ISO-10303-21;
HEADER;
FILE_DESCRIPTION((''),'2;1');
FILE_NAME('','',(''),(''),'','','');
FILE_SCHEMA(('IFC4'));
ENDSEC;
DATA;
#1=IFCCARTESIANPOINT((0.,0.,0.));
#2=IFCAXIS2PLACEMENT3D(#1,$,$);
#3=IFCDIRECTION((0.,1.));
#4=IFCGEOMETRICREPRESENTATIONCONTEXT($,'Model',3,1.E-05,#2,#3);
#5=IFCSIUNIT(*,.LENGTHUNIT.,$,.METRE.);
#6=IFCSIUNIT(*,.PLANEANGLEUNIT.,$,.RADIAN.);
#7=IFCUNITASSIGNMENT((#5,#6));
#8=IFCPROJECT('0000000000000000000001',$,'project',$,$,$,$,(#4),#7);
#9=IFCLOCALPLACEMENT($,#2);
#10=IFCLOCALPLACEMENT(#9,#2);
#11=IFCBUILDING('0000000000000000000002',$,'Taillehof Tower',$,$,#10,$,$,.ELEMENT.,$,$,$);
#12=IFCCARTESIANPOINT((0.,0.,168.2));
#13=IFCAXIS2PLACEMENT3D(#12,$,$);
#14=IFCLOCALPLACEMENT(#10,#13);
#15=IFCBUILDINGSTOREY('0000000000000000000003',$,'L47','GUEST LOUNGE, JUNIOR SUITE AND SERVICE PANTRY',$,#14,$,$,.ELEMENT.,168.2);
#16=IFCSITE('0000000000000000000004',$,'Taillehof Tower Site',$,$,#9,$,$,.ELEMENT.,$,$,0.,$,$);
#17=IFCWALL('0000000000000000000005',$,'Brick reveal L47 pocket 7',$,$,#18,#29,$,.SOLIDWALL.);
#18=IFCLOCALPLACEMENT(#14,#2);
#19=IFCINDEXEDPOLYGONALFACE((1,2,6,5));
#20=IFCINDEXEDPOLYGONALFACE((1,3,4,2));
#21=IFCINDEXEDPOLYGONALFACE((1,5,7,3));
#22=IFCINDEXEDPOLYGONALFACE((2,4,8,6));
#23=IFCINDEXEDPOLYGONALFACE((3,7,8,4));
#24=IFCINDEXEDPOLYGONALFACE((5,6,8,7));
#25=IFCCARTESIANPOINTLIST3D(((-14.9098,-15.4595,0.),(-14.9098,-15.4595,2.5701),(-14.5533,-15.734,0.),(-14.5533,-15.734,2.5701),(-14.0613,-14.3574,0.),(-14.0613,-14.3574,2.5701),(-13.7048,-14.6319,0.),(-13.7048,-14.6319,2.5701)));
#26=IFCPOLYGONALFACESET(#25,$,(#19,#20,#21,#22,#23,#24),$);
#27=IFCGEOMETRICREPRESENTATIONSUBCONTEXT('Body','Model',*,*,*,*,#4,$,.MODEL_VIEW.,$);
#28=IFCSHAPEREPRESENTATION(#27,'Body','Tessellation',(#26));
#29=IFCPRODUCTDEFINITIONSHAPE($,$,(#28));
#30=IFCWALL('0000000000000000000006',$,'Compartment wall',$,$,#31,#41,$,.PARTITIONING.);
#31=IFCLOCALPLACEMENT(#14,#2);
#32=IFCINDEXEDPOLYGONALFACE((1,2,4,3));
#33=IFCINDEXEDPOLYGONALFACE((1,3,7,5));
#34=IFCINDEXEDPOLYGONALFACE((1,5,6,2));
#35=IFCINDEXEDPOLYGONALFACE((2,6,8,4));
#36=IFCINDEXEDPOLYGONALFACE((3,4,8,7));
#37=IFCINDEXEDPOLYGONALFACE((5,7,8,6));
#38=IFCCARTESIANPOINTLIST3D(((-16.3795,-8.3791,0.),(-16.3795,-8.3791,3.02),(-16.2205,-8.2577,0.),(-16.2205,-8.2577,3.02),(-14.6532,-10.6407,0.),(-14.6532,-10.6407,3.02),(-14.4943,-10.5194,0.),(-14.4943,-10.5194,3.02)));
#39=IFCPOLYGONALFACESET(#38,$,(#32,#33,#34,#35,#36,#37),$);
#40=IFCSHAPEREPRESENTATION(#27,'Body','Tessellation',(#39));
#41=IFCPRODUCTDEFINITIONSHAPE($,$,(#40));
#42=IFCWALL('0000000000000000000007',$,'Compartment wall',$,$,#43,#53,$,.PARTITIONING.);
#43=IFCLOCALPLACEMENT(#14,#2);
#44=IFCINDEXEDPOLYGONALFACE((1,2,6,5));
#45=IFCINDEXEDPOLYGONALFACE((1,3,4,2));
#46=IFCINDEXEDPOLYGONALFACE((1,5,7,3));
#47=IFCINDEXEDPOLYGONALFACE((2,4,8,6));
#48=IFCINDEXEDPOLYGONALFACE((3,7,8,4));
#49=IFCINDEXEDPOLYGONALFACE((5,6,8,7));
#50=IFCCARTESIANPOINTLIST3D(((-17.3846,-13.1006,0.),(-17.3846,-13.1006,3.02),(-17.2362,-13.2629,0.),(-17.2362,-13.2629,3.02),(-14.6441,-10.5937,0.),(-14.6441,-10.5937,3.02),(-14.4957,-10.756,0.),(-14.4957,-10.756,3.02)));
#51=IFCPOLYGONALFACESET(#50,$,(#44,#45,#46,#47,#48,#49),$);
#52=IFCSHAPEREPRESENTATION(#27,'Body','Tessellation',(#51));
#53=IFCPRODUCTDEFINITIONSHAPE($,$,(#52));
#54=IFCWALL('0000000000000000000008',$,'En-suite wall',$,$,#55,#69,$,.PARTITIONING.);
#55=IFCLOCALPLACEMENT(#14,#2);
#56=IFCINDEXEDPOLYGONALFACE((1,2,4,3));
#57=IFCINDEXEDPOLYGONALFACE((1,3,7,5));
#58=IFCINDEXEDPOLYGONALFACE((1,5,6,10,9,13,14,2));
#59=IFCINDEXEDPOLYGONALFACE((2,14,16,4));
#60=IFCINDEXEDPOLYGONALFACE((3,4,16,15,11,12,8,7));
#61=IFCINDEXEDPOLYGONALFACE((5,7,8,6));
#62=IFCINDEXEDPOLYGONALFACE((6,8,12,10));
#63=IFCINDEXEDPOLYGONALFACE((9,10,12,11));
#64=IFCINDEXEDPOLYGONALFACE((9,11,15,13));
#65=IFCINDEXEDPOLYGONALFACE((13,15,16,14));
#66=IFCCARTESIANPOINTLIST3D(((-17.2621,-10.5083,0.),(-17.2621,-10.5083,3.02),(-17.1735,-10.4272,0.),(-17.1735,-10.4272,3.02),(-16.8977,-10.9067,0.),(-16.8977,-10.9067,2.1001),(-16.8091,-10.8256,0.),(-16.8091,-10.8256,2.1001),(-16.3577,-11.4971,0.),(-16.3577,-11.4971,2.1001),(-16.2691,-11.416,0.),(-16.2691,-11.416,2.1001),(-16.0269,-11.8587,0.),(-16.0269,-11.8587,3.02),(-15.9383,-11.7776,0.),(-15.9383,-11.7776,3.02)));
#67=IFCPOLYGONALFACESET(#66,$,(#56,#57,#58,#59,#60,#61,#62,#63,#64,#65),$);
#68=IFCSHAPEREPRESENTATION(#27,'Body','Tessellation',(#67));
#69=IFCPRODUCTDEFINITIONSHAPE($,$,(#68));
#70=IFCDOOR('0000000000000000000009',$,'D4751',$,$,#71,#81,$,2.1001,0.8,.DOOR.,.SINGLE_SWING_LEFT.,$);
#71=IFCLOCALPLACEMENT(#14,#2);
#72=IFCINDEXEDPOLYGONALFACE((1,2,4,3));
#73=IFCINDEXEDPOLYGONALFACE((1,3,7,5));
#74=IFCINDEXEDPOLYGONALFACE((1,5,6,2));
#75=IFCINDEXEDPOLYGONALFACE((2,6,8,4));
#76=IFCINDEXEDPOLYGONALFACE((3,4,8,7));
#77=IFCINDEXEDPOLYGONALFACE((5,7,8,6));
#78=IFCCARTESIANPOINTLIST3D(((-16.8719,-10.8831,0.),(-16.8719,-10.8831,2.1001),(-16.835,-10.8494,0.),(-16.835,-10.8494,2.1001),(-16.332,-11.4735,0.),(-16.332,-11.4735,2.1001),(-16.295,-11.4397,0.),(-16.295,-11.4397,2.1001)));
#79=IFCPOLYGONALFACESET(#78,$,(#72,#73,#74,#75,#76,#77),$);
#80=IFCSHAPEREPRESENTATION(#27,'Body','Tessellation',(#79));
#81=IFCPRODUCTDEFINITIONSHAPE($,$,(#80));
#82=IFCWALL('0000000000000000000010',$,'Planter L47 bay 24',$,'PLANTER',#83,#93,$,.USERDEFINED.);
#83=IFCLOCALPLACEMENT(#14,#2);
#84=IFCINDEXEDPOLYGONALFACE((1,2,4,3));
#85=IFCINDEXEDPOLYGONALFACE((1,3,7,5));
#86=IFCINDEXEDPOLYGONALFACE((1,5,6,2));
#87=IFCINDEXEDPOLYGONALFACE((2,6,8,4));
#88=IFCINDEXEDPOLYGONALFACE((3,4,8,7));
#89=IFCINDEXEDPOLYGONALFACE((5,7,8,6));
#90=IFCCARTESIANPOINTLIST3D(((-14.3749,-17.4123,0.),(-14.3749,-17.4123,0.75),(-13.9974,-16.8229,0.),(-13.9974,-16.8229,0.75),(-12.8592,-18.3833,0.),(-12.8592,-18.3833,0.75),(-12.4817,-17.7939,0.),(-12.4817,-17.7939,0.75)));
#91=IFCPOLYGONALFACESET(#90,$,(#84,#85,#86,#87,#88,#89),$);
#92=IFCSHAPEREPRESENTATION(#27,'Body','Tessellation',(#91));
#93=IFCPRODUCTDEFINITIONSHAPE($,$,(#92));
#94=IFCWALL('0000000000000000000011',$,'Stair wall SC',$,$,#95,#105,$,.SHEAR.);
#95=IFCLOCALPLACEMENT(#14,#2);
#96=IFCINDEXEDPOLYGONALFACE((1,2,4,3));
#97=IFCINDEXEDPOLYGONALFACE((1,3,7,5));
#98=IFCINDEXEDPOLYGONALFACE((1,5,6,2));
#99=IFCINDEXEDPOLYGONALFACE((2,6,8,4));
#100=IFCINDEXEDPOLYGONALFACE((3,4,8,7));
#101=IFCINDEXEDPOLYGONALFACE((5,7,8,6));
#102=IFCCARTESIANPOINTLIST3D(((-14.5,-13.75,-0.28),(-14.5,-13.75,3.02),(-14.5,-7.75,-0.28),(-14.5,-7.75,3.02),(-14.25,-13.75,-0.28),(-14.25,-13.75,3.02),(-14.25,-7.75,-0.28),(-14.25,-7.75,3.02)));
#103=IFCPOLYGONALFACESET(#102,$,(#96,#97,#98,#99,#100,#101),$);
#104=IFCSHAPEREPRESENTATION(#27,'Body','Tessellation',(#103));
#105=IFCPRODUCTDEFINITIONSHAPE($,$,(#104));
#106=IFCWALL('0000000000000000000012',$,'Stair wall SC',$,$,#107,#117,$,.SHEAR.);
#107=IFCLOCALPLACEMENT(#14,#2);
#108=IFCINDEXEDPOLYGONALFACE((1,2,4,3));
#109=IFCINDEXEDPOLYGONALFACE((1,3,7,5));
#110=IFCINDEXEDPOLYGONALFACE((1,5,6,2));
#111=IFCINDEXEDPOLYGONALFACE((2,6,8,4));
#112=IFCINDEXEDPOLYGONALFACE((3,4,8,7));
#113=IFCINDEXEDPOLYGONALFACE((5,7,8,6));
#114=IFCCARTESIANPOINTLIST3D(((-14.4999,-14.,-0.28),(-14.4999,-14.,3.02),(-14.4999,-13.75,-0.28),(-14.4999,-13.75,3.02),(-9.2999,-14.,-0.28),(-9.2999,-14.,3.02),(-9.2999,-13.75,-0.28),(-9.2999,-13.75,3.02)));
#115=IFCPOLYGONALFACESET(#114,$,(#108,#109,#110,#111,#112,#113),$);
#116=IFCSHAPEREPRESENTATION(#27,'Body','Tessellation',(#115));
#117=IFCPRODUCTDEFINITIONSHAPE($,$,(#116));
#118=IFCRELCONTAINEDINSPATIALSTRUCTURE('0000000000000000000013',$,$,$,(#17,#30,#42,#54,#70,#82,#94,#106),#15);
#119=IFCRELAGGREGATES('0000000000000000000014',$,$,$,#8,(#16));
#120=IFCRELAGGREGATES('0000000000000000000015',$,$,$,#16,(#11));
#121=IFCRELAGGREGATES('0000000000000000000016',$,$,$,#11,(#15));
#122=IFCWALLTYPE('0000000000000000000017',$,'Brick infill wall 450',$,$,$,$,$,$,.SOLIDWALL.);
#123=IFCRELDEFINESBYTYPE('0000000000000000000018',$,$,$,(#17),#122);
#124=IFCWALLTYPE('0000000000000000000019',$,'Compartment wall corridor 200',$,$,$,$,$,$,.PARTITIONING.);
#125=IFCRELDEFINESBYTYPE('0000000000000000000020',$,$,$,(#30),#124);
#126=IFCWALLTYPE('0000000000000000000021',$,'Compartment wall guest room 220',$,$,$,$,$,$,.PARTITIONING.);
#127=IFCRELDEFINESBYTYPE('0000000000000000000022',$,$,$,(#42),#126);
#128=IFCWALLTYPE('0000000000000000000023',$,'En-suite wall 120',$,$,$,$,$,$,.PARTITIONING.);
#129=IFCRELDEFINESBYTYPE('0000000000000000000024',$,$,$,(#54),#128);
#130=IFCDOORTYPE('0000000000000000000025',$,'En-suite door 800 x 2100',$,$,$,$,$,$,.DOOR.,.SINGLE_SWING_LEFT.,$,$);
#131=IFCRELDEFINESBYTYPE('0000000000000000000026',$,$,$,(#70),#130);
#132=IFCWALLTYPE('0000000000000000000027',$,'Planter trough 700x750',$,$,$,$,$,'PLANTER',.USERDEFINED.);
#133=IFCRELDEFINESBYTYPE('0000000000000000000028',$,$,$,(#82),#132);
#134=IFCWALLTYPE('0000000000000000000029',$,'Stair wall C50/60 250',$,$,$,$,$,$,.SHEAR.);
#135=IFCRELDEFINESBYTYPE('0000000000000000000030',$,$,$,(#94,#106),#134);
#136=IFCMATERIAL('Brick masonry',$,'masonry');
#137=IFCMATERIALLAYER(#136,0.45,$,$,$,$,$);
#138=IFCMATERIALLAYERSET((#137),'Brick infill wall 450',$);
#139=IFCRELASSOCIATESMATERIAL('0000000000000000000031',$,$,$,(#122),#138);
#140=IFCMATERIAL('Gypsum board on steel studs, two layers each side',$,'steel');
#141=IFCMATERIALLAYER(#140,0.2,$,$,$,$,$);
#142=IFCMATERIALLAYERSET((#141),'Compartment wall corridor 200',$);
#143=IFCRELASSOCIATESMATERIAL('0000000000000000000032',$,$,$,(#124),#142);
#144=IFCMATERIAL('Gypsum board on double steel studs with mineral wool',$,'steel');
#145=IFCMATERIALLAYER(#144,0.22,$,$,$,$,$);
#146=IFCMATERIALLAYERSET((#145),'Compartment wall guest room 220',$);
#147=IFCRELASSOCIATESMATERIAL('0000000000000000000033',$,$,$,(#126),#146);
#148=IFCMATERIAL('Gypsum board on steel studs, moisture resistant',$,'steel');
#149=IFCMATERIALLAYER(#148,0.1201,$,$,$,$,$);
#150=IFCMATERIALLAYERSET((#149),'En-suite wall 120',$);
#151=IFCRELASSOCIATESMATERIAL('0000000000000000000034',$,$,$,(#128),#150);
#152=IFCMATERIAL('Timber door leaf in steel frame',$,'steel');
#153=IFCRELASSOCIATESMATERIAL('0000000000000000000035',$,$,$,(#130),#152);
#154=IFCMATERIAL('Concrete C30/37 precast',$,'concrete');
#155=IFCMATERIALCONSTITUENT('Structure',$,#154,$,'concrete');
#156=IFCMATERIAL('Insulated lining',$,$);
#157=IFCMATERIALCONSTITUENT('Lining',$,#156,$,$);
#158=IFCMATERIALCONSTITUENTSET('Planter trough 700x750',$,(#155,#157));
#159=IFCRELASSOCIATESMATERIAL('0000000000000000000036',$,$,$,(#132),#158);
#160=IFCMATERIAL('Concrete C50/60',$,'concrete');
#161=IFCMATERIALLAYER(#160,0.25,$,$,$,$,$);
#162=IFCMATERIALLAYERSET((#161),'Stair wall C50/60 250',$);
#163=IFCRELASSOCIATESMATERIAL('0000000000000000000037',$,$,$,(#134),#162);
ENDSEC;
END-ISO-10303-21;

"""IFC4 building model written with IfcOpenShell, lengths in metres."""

from ifc_helpers import new_model, si_unit, direction, frame, frame_2d, origin, place, context, subcontext, project, spatial, rectangle, extrude, material, layer, layer_set, constituent, constituent_set, type_object, element, fill, save


model = new_model("IFC4")

# Units and contexts
model_context = context("Model", 3, precision=1e-05, world=origin(), true_north=direction((0.0, 1.0)))
body_context = subcontext(model_context, "Body", "Model", "MODEL_VIEW")
ifc_project = project(units=[si_unit("LENGTHUNIT", "METRE"), si_unit("PLANEANGLEUNIT", "RADIAN")], contexts=[model_context])

# Site, building, storey
site_placement = place(None, origin())
site = spatial("IfcSite", under=ifc_project, at=site_placement, Name="Taillehof Tower Site", CompositionType="ELEMENT", RefElevation=0.0)
building_placement = place(site_placement, origin())
building = spatial("IfcBuilding", under=site, at=building_placement, Name="Taillehof Tower", CompositionType="ELEMENT")
storey_placement = place(building_placement, frame((0.0, 0.0, 168.2)))
storey = spatial("IfcBuildingStorey", under=building, at=storey_placement, Name="L47", Description="GUEST LOUNGE, JUNIOR SUITE AND SERVICE PANTRY", CompositionType="ELEMENT", Elevation=168.2)

# Shared definitions
ifc_material_1 = material(Name="Brick masonry", Category="masonry")
ifc_layer_1 = layer(ifc_material_1, 0.45)
ifc_layer_set_1 = layer_set([ifc_layer_1], Name="Brick infill wall 450")
wall_type_1 = type_object("IfcWallType", Name="Brick infill wall 450", PredefinedType="SOLIDWALL", material=ifc_layer_set_1)

# Wall
wall_1_placement = place(storey_placement, frame((-14.7314, -15.5967, 0.0), z_axis=(0.0, 0.0, 1.0), x_axis=(0.610008, 0.792396, 0.0)))
element("IfcWall", 1, at=wall_1_placement, inside=storey, type_object=wall_type_1, Name="Brick reveal L47 pocket 7", PredefinedType="SOLIDWALL", context=body_context, shape_type="SweptSolid", body=[
    extrude(rectangle(XDim=1.3909, YDim=0.45, at=frame_2d((0.6953, 0.0))), origin(), (0.0, 0.0, 1.0), 2.5701),
])

# Walls
ifc_material_2 = material(Name="Gypsum board on steel studs, two layers each side", Category="steel")
ifc_layer_2 = layer(ifc_material_2, 0.2)
ifc_layer_set_2 = layer_set([ifc_layer_2], Name="Compartment wall corridor 200")
wall_type_2 = type_object("IfcWallType", Name="Compartment wall corridor 200", PredefinedType="PARTITIONING", material=ifc_layer_set_2)
wall_2_placement = place(storey_placement, frame((-14.5737, -10.5801, 0.0), z_axis=(0.0, 0.0, 1.0), x_axis=(-0.606733, 0.794906, 0.0)))
element("IfcWall", 2, at=wall_2_placement, inside=storey, type_object=wall_type_2, Name="Compartment wall", PredefinedType="PARTITIONING", context=body_context, shape_type="SweptSolid", body=[
    extrude(rectangle(XDim=2.8452, YDim=0.2, at=frame_2d((1.4226, 0.0))), origin(), (0.0, 0.0, 1.0), 3.02),
])
ifc_material_3 = material(Name="Gypsum board on double steel studs with mineral wool", Category="steel")
ifc_layer_3 = layer(ifc_material_3, 0.22)
ifc_layer_set_3 = layer_set([ifc_layer_3], Name="Compartment wall guest room 220")
wall_type_3 = type_object("IfcWallType", Name="Compartment wall guest room 220", PredefinedType="PARTITIONING", material=ifc_layer_set_3)
wall_3_placement = place(storey_placement, frame((-17.3103, -13.1816, 0.0), z_axis=(0.0, 0.0, 1.0), x_axis=(0.73786, 0.674953, 0.0)))
element("IfcWall", 3, at=wall_3_placement, inside=storey, type_object=wall_type_3, Name="Compartment wall", PredefinedType="PARTITIONING", context=body_context, shape_type="SweptSolid", body=[
    extrude(rectangle(XDim=3.7141, YDim=0.22, at=frame_2d((1.8569, 0.0))), origin(), (0.0, 0.0, 1.0), 3.02),
])

# Wall, opening, door
ifc_material_4 = material(Name="Gypsum board on steel studs, moisture resistant", Category="steel")
ifc_layer_4 = layer(ifc_material_4, 0.1201)
ifc_layer_set_4 = layer_set([ifc_layer_4], Name="En-suite wall 120")
wall_type_4 = type_object("IfcWallType", Name="En-suite wall 120", PredefinedType="PARTITIONING", material=ifc_layer_set_4)
wall_4_placement = place(storey_placement, frame((-17.2178, -10.4678, 0.0), z_axis=(0.0, 0.0, 1.0), x_axis=(0.674921, -0.73789, 0.0)))
wall_4 = element("IfcWall", 4, at=wall_4_placement, inside=storey, type_object=wall_type_4, Name="En-suite wall", PredefinedType="PARTITIONING", context=body_context, shape_type="SweptSolid", body=[
    extrude(rectangle(XDim=1.8301, YDim=0.1201, at=frame_2d((0.915, 0.0))), origin(), (0.0, 0.0, 1.0), 3.02),
])
opening_1_placement = place(wall_4_placement, frame((0.54, 0.0, 0.0)))
opening_1 = element("IfcOpeningElement", 5, at=opening_1_placement, cuts=wall_4, PredefinedType="OPENING", context=body_context, shape_type="SweptSolid", body=[
    extrude(rectangle(XDim=0.8, YDim=2.1001, at=frame_2d((0.3999, 1.05))), frame((0.0, 0.0701, 0.0), z_axis=(0.0, -1.0, 0.0), x_axis=(1.0, 0.0, 0.0)), (0.0, 0.0, 1.0), 0.1401),
])
ifc_material_5 = material(Name="Timber door leaf in steel frame", Category="steel")
door_type_1 = type_object("IfcDoorType", Name="En-suite door 800 x 2100", OperationType="SINGLE_SWING_LEFT", PredefinedType="DOOR", material=ifc_material_5)
door_1_placement = place(opening_1_placement, origin())
door_1 = element("IfcDoor", 6, at=door_1_placement, inside=storey, type_object=door_type_1, Name="D4751", OperationType="SINGLE_SWING_LEFT", OverallHeight=2.1001, OverallWidth=0.8, PredefinedType="DOOR", context=body_context, shape_type="SweptSolid", body=[
    extrude(rectangle(XDim=0.8, YDim=2.1001, at=frame_2d((0.3999, 1.05))), frame((0.0, 0.0249, 0.0), z_axis=(0.0, -1.0, 0.0), x_axis=(1.0, 0.0, 0.0)), (0.0, 0.0, 1.0), 0.05),
])
fill(opening_1, door_1)

# Walls
ifc_material_6 = material(Name="Concrete C30/37 precast", Category="concrete")
ifc_constituent_1 = constituent(ifc_material_6, Name="Structure", Category="concrete")
ifc_material_7 = material(Name="Insulated lining")
ifc_constituent_2 = constituent(ifc_material_7, Name="Lining")
ifc_constituent_set = constituent_set(constituents=[ifc_constituent_1, ifc_constituent_2], Name="Planter trough 700x750")
wall_type_5 = type_object("IfcWallType", Name="Planter trough 700x750", ElementType="PLANTER", PredefinedType="USERDEFINED", material=ifc_constituent_set)
wall_5_placement = place(storey_placement, frame((-14.186, -17.1177, 0.0), z_axis=(0.0, 0.0, 1.0), x_axis=(0.842032, -0.539427, 0.0)))
element("IfcWall", 7, at=wall_5_placement, inside=storey, type_object=wall_type_5, Name="Planter L47 bay 24", ObjectType="PLANTER", PredefinedType="USERDEFINED", context=body_context, shape_type="SweptSolid", body=[
    extrude(rectangle(XDim=1.8, YDim=0.7, at=frame_2d((0.8999, 0.0))), origin(), (0.0, 0.0, 1.0), 0.75),
])
ifc_material_8 = material(Name="Concrete C50/60", Category="concrete")
ifc_layer_5 = layer(ifc_material_8, 0.25)
ifc_layer_set_5 = layer_set([ifc_layer_5], Name="Stair wall C50/60 250")
wall_type_6 = type_object("IfcWallType", Name="Stair wall C50/60 250", PredefinedType="SHEAR", material=ifc_layer_set_5)
wall_6_placement = place(storey_placement, frame((-14.375, -13.75, -0.28), z_axis=(0.0, 0.0, 1.0), x_axis=(0.0, 1.0, 0.0)))
element("IfcWall", 8, at=wall_6_placement, inside=storey, type_object=wall_type_6, Name="Stair wall SC", PredefinedType="SHEAR", context=body_context, shape_type="SweptSolid", body=[
    extrude(rectangle(XDim=6.0, YDim=0.25, at=frame_2d((3.0, 0.0))), origin(), (0.0, 0.0, 1.0), 3.3),
])
wall_7_placement = place(storey_placement, frame((-14.5, -13.875, -0.28), z_axis=(0.0, 0.0, 1.0), x_axis=(1.0, 0.0, 0.0)))
element("IfcWall", 9, at=wall_7_placement, inside=storey, type_object=wall_type_6, Name="Stair wall SC", PredefinedType="SHEAR", context=body_context, shape_type="SweptSolid", body=[
    extrude(rectangle(XDim=5.2, YDim=0.25, at=frame_2d((2.6001, 0.0))), origin(), (0.0, 0.0, 1.0), 3.3),
])

save(model, "model.ifc")
